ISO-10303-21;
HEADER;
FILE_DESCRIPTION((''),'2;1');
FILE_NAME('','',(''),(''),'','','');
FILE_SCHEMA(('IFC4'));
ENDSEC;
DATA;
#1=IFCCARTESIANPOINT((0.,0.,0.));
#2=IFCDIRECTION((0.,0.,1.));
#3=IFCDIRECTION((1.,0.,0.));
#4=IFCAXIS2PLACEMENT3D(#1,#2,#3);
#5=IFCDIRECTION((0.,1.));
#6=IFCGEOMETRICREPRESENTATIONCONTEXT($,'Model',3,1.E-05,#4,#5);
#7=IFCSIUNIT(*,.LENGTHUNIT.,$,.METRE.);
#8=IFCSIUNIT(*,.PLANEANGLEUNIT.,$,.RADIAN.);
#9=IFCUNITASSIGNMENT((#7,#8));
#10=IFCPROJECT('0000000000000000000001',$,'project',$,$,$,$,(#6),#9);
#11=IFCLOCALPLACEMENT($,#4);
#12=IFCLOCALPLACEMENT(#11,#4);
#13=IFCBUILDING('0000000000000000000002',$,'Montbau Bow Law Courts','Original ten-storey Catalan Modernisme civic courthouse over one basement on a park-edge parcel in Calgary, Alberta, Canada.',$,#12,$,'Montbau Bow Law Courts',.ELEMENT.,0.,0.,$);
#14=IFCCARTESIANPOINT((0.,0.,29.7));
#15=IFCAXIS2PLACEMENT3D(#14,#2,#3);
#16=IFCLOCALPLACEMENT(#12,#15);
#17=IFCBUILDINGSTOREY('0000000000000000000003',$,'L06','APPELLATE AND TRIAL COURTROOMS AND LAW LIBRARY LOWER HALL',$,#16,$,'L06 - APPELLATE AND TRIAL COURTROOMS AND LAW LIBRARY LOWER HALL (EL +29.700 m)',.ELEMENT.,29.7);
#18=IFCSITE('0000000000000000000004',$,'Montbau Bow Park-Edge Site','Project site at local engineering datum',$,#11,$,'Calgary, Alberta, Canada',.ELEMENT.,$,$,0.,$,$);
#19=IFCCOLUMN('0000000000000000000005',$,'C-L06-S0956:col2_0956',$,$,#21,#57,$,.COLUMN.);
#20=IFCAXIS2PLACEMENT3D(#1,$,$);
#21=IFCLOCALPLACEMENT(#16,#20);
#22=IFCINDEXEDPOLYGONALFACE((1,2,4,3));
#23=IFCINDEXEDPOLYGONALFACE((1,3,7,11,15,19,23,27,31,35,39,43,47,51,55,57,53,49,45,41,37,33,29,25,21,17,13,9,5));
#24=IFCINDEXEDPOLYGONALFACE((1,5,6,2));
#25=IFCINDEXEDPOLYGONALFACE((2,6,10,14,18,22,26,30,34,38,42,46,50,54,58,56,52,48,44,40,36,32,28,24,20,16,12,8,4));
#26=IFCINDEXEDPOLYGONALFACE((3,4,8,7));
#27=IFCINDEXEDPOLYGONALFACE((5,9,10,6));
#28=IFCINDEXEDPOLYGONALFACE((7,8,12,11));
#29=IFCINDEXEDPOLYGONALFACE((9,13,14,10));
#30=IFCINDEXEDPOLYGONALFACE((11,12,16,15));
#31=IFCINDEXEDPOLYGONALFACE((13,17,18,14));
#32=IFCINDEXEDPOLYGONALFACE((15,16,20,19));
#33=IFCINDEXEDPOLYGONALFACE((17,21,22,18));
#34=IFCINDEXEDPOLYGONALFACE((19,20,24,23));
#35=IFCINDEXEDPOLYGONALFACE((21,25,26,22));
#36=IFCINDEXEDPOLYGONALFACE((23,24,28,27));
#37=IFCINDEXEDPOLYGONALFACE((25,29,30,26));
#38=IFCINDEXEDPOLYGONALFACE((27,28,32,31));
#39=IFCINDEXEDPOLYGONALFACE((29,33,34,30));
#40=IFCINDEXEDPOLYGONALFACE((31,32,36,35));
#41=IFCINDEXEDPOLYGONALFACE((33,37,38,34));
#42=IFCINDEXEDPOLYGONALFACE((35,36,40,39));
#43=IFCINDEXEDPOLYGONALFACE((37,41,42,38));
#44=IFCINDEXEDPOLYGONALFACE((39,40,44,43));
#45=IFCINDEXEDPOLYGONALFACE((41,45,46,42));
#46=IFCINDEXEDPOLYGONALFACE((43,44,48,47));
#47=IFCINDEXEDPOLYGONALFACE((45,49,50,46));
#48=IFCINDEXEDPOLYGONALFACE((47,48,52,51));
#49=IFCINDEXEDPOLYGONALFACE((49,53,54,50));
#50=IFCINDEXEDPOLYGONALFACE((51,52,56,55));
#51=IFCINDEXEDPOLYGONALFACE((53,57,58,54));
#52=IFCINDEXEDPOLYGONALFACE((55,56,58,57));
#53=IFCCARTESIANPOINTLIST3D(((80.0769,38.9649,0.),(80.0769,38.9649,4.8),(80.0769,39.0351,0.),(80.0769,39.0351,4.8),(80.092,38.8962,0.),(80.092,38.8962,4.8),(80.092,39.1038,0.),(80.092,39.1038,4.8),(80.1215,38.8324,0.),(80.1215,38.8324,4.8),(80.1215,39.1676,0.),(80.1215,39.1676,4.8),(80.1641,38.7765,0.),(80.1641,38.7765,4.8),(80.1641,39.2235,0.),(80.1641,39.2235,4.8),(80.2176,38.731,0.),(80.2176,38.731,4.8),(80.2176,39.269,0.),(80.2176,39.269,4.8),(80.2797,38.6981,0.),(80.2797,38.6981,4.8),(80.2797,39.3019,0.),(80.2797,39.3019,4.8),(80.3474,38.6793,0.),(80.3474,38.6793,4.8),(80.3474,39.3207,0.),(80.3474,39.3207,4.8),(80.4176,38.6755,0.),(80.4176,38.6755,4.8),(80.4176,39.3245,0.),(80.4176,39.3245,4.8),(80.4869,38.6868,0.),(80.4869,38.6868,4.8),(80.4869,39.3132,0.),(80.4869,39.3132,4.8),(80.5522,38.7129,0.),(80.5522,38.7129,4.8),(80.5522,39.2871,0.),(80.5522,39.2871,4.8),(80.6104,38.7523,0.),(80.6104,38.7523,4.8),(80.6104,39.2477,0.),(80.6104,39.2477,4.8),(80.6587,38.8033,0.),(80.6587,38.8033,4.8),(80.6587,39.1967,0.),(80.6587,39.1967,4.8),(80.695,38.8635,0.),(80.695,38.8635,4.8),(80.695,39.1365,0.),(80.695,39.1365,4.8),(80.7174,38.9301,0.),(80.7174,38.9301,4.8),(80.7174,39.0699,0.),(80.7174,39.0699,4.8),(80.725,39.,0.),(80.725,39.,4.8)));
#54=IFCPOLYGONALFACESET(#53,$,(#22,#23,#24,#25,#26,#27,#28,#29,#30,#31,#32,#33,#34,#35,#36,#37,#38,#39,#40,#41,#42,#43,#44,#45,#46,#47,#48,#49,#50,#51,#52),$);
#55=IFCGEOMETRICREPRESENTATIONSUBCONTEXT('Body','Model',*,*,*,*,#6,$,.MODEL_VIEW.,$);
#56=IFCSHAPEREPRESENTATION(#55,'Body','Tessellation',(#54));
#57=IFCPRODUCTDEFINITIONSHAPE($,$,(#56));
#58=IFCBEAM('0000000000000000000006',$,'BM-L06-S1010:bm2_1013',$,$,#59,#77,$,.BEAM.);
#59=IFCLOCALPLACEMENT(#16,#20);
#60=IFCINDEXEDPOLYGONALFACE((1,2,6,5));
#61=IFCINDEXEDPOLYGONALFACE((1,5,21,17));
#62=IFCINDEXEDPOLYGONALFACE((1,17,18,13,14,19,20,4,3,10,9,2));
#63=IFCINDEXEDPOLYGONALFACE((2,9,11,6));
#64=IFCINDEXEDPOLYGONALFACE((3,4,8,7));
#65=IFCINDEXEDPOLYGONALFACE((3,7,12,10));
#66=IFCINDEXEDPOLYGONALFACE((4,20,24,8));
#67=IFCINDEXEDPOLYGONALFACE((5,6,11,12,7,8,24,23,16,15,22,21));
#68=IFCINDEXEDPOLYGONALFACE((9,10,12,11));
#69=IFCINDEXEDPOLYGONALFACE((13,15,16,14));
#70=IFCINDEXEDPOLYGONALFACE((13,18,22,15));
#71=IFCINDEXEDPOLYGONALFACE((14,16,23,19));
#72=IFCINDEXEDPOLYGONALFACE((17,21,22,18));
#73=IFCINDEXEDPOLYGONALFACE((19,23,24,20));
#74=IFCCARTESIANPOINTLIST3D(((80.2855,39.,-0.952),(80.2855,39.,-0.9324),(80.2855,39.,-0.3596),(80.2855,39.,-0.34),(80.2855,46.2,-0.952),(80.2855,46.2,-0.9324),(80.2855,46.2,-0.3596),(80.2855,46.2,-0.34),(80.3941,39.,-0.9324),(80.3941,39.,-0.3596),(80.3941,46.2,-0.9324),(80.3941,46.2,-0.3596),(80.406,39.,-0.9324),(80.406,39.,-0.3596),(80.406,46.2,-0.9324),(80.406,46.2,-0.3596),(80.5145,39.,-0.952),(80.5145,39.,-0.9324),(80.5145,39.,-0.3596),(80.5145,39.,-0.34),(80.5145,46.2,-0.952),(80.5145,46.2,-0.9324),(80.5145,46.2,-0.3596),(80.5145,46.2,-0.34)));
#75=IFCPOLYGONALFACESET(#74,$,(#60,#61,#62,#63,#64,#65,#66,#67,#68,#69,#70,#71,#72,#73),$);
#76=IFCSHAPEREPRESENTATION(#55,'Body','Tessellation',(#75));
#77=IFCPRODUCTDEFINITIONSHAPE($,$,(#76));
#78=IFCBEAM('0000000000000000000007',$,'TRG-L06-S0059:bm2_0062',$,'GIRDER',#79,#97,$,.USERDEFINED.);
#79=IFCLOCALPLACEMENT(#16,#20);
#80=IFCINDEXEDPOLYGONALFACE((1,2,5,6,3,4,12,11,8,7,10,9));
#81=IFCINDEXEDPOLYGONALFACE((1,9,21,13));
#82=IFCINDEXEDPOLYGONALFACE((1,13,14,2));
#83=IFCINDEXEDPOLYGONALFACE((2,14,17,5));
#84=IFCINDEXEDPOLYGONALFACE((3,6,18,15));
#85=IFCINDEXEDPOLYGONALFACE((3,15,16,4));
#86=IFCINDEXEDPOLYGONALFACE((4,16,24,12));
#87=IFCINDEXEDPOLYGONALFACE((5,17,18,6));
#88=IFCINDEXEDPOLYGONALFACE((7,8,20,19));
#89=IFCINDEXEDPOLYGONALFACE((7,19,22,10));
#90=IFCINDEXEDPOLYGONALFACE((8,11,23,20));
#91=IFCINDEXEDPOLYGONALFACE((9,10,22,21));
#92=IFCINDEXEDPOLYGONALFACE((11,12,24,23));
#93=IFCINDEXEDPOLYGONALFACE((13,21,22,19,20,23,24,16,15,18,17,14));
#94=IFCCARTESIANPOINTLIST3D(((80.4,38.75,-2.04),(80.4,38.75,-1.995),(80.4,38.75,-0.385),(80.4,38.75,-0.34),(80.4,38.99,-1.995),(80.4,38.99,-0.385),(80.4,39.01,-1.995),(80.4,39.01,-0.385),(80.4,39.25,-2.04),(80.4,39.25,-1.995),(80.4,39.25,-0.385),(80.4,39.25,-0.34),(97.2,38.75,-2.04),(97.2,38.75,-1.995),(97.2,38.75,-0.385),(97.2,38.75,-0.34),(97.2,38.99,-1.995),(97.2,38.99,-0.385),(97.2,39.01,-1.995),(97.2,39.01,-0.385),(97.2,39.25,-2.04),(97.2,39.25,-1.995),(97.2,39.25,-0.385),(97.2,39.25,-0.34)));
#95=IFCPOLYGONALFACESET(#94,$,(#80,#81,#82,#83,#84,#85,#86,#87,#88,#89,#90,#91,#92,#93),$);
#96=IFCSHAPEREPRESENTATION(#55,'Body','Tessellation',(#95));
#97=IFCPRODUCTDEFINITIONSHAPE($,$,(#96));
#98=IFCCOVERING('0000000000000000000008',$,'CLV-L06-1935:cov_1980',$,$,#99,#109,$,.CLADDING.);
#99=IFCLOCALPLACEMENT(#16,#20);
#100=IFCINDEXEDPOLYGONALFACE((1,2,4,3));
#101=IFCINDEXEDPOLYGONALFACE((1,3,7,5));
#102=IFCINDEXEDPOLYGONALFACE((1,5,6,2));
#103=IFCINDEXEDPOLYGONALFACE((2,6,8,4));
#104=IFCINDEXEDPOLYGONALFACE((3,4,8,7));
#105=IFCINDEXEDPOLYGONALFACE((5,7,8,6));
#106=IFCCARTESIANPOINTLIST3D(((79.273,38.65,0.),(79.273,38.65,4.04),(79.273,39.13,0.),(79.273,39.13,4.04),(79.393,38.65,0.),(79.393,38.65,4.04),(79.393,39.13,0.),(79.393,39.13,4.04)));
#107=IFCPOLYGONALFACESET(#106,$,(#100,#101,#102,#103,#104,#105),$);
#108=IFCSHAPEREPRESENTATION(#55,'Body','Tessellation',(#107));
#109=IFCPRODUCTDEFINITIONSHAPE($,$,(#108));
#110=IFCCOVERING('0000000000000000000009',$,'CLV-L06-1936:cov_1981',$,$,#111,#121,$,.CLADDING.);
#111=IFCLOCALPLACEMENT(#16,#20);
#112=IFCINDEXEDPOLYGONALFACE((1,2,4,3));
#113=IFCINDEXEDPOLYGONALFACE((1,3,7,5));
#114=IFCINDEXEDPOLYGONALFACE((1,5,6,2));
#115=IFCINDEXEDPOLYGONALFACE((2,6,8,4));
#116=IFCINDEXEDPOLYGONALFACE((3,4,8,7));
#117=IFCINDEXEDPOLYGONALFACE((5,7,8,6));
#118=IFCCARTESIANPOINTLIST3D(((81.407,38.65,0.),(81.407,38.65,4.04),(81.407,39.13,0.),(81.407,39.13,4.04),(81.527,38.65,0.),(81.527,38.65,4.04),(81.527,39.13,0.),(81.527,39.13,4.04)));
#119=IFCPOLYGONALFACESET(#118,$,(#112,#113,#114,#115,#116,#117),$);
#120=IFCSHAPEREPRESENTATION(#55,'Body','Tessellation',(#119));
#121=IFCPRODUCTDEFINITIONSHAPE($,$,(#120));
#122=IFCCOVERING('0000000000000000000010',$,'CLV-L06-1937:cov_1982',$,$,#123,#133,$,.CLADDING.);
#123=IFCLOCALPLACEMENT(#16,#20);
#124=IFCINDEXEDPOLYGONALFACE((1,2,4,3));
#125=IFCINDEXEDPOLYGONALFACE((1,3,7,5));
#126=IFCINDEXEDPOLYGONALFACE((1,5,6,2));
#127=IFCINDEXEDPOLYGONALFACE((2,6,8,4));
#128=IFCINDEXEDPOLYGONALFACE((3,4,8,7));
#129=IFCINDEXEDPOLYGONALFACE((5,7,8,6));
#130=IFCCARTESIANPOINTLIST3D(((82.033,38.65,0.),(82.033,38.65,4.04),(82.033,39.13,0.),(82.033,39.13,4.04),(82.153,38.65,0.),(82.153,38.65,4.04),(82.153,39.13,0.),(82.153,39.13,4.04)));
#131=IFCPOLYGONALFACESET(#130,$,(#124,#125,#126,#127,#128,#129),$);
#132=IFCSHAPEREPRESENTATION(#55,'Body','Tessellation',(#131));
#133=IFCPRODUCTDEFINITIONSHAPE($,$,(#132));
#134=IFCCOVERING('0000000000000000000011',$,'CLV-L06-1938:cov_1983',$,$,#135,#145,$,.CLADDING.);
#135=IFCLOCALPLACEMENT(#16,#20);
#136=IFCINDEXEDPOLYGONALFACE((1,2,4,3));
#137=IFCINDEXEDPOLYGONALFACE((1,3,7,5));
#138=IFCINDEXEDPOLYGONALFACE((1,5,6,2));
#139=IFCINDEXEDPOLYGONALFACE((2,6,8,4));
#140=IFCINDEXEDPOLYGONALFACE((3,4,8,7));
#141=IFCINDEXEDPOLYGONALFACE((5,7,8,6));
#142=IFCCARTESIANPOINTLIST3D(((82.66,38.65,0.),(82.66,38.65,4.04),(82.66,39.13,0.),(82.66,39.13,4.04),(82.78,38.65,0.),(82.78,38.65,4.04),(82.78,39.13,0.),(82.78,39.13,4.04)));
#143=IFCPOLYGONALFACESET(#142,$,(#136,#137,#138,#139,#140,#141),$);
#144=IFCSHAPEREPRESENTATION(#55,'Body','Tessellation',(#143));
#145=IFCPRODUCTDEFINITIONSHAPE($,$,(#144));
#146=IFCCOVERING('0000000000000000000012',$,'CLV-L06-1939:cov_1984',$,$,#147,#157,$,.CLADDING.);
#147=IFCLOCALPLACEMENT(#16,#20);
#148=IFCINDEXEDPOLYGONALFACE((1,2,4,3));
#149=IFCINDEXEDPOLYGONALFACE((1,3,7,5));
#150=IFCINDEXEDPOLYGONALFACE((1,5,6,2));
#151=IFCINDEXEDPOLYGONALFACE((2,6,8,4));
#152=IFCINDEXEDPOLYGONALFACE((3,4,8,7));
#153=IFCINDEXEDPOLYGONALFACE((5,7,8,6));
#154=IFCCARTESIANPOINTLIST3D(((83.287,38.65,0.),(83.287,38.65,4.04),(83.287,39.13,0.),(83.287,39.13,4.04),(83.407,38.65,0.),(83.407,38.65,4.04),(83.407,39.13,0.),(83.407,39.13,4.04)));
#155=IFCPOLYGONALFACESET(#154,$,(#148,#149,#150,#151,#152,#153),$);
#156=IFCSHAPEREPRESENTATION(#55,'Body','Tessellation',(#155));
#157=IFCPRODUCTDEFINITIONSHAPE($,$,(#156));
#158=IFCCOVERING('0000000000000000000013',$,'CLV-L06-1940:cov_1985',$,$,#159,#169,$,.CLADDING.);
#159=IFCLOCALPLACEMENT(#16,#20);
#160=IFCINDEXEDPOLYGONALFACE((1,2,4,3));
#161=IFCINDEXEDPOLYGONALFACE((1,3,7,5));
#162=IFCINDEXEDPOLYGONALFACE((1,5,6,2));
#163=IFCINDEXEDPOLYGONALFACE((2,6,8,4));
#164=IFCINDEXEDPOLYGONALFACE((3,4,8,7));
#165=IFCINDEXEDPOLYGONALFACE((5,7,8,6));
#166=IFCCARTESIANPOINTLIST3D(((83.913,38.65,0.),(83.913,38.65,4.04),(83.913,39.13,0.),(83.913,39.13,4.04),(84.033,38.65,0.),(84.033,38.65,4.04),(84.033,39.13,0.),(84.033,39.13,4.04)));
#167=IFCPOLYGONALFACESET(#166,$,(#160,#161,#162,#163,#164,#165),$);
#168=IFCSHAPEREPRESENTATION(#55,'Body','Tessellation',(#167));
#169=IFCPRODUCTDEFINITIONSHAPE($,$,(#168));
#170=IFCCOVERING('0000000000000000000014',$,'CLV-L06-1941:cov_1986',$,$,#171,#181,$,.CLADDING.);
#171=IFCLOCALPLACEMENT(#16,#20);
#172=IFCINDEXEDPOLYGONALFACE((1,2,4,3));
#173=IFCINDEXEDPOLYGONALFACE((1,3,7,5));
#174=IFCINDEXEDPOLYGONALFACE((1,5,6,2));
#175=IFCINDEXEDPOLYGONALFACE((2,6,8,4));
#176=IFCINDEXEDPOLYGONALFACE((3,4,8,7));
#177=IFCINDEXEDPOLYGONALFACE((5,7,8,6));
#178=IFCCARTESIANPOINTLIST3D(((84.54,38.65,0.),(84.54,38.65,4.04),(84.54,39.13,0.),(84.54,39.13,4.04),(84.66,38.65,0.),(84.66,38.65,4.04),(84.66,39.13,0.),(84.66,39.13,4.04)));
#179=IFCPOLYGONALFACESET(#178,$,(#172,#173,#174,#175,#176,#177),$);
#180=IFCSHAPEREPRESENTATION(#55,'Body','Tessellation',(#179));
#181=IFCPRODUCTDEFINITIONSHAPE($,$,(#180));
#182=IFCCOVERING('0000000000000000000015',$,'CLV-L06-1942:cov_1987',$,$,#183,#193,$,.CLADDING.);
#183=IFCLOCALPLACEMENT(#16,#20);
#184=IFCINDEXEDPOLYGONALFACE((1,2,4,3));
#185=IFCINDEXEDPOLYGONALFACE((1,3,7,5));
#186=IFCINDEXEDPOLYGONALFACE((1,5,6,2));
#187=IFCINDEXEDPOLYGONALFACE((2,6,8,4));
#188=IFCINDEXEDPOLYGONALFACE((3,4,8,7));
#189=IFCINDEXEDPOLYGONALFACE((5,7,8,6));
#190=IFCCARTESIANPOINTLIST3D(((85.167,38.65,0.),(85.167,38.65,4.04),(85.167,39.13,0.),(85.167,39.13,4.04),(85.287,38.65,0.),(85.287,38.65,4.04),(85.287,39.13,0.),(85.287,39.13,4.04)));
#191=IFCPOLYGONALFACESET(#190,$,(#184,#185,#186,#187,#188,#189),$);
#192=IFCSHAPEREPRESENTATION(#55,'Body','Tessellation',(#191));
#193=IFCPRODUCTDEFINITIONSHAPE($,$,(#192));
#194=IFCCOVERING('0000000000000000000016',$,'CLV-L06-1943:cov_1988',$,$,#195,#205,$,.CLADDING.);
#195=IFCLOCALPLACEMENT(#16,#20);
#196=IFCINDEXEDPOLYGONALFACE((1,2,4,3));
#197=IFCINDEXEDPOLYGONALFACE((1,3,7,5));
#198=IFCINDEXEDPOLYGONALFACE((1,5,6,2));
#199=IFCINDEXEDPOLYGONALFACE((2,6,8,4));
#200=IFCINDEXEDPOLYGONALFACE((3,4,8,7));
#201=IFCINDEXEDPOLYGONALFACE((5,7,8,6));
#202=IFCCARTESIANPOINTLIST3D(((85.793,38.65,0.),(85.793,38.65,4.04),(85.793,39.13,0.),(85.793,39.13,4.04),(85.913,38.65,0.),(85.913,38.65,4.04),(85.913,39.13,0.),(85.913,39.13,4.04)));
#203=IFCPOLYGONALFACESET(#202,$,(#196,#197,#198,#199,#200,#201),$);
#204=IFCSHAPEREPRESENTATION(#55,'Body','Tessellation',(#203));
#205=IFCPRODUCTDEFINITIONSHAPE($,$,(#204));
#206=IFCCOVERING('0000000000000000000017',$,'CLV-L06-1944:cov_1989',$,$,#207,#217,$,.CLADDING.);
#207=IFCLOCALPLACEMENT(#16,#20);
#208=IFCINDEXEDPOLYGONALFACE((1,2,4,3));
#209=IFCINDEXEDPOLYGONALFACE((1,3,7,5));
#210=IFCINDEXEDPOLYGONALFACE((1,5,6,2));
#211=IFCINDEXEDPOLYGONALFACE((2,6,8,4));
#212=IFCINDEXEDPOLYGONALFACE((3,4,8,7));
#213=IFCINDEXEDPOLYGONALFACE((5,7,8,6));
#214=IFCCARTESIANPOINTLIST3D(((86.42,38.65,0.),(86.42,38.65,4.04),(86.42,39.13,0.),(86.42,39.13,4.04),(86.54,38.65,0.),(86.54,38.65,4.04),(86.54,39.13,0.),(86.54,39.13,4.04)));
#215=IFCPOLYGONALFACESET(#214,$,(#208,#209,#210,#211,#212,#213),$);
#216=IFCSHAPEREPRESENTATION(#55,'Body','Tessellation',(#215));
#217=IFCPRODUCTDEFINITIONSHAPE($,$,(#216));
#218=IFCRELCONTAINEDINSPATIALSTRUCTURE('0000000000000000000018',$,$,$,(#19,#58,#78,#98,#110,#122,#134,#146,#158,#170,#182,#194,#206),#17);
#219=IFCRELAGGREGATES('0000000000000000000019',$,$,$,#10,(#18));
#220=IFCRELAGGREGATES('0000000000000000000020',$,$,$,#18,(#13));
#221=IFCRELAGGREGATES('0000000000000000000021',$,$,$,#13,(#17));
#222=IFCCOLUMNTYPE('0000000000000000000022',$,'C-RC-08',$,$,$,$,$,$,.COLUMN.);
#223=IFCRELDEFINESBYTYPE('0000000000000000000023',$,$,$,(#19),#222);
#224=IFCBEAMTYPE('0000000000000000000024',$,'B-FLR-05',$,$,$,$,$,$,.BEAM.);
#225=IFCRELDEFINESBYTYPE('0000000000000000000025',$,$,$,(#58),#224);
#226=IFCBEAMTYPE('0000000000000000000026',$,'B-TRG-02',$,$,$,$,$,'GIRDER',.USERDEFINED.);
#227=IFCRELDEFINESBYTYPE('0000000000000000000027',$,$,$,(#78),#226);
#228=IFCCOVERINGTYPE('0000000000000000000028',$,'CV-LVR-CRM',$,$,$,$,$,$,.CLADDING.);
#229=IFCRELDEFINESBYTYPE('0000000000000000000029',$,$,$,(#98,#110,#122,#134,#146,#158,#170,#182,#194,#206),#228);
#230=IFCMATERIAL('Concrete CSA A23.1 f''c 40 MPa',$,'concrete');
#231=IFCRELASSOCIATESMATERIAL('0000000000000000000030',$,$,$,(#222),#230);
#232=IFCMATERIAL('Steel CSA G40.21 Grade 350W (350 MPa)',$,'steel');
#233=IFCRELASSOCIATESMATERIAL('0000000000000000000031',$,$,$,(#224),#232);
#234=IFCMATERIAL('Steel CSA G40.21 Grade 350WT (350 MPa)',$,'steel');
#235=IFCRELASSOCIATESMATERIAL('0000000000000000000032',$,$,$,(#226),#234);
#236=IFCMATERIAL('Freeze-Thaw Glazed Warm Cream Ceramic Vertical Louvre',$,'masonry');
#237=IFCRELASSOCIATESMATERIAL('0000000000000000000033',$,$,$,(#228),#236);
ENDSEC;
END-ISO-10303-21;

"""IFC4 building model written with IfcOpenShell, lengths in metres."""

from ifc_helpers import new_model, si_unit, direction, frame, frame_2d, origin_with_axes, origin_2d_with_axis, place, context, subcontext, project, spatial, rectangle, circle, i_section, extrude, material, material_profile, profile_set, type_object, element, save


model = new_model("IFC4")

# Units and contexts
model_context = context("Model", 3, precision=1e-05, world=origin_with_axes(), true_north=direction((0.0, 1.0)))
body_context = subcontext(model_context, "Body", "Model", "MODEL_VIEW")
ifc_project = project(units=[si_unit("LENGTHUNIT", "METRE"), si_unit("PLANEANGLEUNIT", "RADIAN")], contexts=[model_context])

# Site, building, storey
site_placement = place(None, origin_with_axes())
site = spatial("IfcSite", under=ifc_project, at=site_placement, Name="Montbau Bow Park-Edge Site", Description="Project site at local engineering datum", LongName="Calgary, Alberta, Canada", CompositionType="ELEMENT", RefElevation=0.0)
building_placement = place(site_placement, origin_with_axes())
building = spatial("IfcBuilding", under=site, at=building_placement, Name="Montbau Bow Law Courts", Description="Original ten-storey Catalan Modernisme civic courthouse over one basement on a park-edge parcel in Calgary, Alberta, Canada.", LongName="Montbau Bow Law Courts", CompositionType="ELEMENT", ElevationOfRefHeight=0.0, ElevationOfTerrain=0.0)
storey_placement = place(building_placement, frame((0.0, 0.0, 29.7), z_axis=(0.0, 0.0, 1.0), x_axis=(1.0, 0.0, 0.0)))
storey = spatial("IfcBuildingStorey", under=building, at=storey_placement, Name="L06", Description="APPELLATE AND TRIAL COURTROOMS AND LAW LIBRARY LOWER HALL", LongName="L06 - APPELLATE AND TRIAL COURTROOMS AND LAW LIBRARY LOWER HALL (EL +29.700 m)", CompositionType="ELEMENT", Elevation=29.7)

# Column
ifc_material_1 = material(Name="Concrete CSA A23.1 f'c 40 MPa", Category="concrete")
ifc_material_profile_1 = material_profile(ifc_material_1, circle(Radius=0.325, at=origin_2d_with_axis()), Name="RC650D", Category="Main", Priority=0)
ifc_profile_set_1 = profile_set([ifc_material_profile_1], Name="Concrete CSA A23.1 f'c 40 MPa")
column_type = type_object("IfcColumnType", Name="C-RC-08", PredefinedType="COLUMN", material=ifc_profile_set_1)
column_placement = place(None, frame((80.4, 39.0, 29.7), z_axis=(0.0, 0.0, 1.0), x_axis=(1.0, 0.0, 0.0)))
element("IfcColumn", 1, at=column_placement, inside=storey, type_object=column_type, Name="C-L06-S0956:col2_0956", PredefinedType="COLUMN", context=body_context, shape_type="SweptSolid", body=[
    extrude(circle(Radius=0.325, at=origin_2d_with_axis()), origin_with_axes(), (0.0, 0.0, 1.0), 4.8),
])

# Beams
ifc_material_2 = material(Name="Steel CSA G40.21 Grade 350W (350 MPa)", Category="steel")
ifc_material_profile_2 = material_profile(ifc_material_2, i_section(OverallWidth=0.229, OverallDepth=0.612, WebThickness=0.0119, FlangeThickness=0.0196, at=origin_2d_with_axis()), Name="W610X125", Category="Main", Priority=0)
ifc_profile_set_2 = profile_set([ifc_material_profile_2], Name="Steel CSA G40.21 Grade 350W (350 MPa)")
beam_type_1 = type_object("IfcBeamType", Name="B-FLR-05", PredefinedType="BEAM", material=ifc_profile_set_2)
beam_1_placement = place(None, frame((80.4, 39.0, 29.054), z_axis=(0.0, 1.0, 0.0), x_axis=(-1.0, 0.0, 0.0)))
element("IfcBeam", 2, at=beam_1_placement, inside=storey, type_object=beam_type_1, Name="BM-L06-S1010:bm2_1013", PredefinedType="BEAM", context=body_context, shape_type="SweptSolid", body=[
    extrude(i_section(OverallWidth=0.229, OverallDepth=0.612, WebThickness=0.0119, FlangeThickness=0.0196, at=origin_2d_with_axis()), origin_with_axes(), (0.0, 0.0, 1.0), 7.2),
])
ifc_material_3 = material(Name="Steel CSA G40.21 Grade 350WT (350 MPa)", Category="steel")
ifc_material_profile_3 = material_profile(ifc_material_3, i_section(OverallWidth=0.5, OverallDepth=1.7, WebThickness=0.02, FlangeThickness=0.045, at=origin_2d_with_axis()), Name="WWF1700X480", Category="Main", Priority=0)
ifc_profile_set_3 = profile_set([ifc_material_profile_3], Name="Steel CSA G40.21 Grade 350WT (350 MPa)")
beam_type_2 = type_object("IfcBeamType", Name="B-TRG-02", ElementType="GIRDER", PredefinedType="USERDEFINED", material=ifc_profile_set_3)
beam_2_placement = place(None, frame((80.4, 39.0, 28.51), z_axis=(1.0, 0.0, 0.0), x_axis=(0.0, 1.0, 0.0)))
element("IfcBeam", 3, at=beam_2_placement, inside=storey, type_object=beam_type_2, Name="TRG-L06-S0059:bm2_0062", ObjectType="GIRDER", PredefinedType="USERDEFINED", context=body_context, shape_type="SweptSolid", body=[
    extrude(i_section(OverallWidth=0.5, OverallDepth=1.7, WebThickness=0.02, FlangeThickness=0.045, at=origin_2d_with_axis()), origin_with_axes(), (0.0, 0.0, 1.0), 16.8),
])

# Coverings
ifc_material_4 = material(Name="Freeze-Thaw Glazed Warm Cream Ceramic Vertical Louvre", Category="masonry")
covering_type = type_object("IfcCoveringType", Name="CV-LVR-CRM", PredefinedType="CLADDING", material=ifc_material_4)
for number, where, z_axis, x_axis, name in (
    (4, (79.333, 39.13, 29.7), (-1.0, 0.0, 0.0), (0.0, -1.0, 0.0), "CLV-L06-1935:cov_1980"),
    (5, (81.467, 39.13, 29.7), (-1.0, 0.0, 0.0), (0.0, -1.0, 0.0), "CLV-L06-1936:cov_1981"),
    (6, (82.093, 39.13, 29.7), (-1.0, 0.0, 0.0), (0.0, -1.0, 0.0), "CLV-L06-1937:cov_1982"),
    (7, (82.72, 39.13, 29.7), (-1.0, 0.0, 0.0), (0.0, -1.0, 0.0), "CLV-L06-1938:cov_1983"),
    (8, (83.347, 39.13, 29.7), (-1.0, 0.0, 0.0), (0.0, -1.0, 0.0), "CLV-L06-1939:cov_1984"),
    (9, (83.973, 39.13, 29.7), (-1.0, 0.0, 0.0), (0.0, -1.0, 0.0), "CLV-L06-1940:cov_1985"),
    (10, (84.6, 39.13, 29.7), (-1.0, 0.0, 0.0), (0.0, -1.0, 0.0), "CLV-L06-1941:cov_1986"),
    (11, (85.227, 39.13, 29.7), (-1.0, 0.0, 0.0), (0.0, -1.0, 0.0), "CLV-L06-1942:cov_1987"),
    (12, (85.853, 39.13, 29.7), (-1.0, 0.0, 0.0), (0.0, -1.0, 0.0), "CLV-L06-1943:cov_1988"),
    (13, (86.48, 39.13, 29.7), (-1.0, 0.0, 0.0), (0.0, -1.0, 0.0), "CLV-L06-1944:cov_1989"),
):
    element("IfcCovering", number, at=place(None, frame(where, z_axis=z_axis, x_axis=x_axis)), inside=storey, type_object=covering_type, Name=name, PredefinedType="CLADDING", context=body_context, shape_type="SweptSolid", body=[
        extrude(rectangle(XDim=0.48, YDim=4.04, at=frame_2d((0.24, 2.02), x_axis=(1.0, 0.0))), frame((0.0, 0.0, -0.06), z_axis=(0.0, 0.0, 1.0), x_axis=(1.0, 0.0, 0.0)), (0.0, 0.0, 1.0), 0.12),
    ])

save(model, "model.ifc")
